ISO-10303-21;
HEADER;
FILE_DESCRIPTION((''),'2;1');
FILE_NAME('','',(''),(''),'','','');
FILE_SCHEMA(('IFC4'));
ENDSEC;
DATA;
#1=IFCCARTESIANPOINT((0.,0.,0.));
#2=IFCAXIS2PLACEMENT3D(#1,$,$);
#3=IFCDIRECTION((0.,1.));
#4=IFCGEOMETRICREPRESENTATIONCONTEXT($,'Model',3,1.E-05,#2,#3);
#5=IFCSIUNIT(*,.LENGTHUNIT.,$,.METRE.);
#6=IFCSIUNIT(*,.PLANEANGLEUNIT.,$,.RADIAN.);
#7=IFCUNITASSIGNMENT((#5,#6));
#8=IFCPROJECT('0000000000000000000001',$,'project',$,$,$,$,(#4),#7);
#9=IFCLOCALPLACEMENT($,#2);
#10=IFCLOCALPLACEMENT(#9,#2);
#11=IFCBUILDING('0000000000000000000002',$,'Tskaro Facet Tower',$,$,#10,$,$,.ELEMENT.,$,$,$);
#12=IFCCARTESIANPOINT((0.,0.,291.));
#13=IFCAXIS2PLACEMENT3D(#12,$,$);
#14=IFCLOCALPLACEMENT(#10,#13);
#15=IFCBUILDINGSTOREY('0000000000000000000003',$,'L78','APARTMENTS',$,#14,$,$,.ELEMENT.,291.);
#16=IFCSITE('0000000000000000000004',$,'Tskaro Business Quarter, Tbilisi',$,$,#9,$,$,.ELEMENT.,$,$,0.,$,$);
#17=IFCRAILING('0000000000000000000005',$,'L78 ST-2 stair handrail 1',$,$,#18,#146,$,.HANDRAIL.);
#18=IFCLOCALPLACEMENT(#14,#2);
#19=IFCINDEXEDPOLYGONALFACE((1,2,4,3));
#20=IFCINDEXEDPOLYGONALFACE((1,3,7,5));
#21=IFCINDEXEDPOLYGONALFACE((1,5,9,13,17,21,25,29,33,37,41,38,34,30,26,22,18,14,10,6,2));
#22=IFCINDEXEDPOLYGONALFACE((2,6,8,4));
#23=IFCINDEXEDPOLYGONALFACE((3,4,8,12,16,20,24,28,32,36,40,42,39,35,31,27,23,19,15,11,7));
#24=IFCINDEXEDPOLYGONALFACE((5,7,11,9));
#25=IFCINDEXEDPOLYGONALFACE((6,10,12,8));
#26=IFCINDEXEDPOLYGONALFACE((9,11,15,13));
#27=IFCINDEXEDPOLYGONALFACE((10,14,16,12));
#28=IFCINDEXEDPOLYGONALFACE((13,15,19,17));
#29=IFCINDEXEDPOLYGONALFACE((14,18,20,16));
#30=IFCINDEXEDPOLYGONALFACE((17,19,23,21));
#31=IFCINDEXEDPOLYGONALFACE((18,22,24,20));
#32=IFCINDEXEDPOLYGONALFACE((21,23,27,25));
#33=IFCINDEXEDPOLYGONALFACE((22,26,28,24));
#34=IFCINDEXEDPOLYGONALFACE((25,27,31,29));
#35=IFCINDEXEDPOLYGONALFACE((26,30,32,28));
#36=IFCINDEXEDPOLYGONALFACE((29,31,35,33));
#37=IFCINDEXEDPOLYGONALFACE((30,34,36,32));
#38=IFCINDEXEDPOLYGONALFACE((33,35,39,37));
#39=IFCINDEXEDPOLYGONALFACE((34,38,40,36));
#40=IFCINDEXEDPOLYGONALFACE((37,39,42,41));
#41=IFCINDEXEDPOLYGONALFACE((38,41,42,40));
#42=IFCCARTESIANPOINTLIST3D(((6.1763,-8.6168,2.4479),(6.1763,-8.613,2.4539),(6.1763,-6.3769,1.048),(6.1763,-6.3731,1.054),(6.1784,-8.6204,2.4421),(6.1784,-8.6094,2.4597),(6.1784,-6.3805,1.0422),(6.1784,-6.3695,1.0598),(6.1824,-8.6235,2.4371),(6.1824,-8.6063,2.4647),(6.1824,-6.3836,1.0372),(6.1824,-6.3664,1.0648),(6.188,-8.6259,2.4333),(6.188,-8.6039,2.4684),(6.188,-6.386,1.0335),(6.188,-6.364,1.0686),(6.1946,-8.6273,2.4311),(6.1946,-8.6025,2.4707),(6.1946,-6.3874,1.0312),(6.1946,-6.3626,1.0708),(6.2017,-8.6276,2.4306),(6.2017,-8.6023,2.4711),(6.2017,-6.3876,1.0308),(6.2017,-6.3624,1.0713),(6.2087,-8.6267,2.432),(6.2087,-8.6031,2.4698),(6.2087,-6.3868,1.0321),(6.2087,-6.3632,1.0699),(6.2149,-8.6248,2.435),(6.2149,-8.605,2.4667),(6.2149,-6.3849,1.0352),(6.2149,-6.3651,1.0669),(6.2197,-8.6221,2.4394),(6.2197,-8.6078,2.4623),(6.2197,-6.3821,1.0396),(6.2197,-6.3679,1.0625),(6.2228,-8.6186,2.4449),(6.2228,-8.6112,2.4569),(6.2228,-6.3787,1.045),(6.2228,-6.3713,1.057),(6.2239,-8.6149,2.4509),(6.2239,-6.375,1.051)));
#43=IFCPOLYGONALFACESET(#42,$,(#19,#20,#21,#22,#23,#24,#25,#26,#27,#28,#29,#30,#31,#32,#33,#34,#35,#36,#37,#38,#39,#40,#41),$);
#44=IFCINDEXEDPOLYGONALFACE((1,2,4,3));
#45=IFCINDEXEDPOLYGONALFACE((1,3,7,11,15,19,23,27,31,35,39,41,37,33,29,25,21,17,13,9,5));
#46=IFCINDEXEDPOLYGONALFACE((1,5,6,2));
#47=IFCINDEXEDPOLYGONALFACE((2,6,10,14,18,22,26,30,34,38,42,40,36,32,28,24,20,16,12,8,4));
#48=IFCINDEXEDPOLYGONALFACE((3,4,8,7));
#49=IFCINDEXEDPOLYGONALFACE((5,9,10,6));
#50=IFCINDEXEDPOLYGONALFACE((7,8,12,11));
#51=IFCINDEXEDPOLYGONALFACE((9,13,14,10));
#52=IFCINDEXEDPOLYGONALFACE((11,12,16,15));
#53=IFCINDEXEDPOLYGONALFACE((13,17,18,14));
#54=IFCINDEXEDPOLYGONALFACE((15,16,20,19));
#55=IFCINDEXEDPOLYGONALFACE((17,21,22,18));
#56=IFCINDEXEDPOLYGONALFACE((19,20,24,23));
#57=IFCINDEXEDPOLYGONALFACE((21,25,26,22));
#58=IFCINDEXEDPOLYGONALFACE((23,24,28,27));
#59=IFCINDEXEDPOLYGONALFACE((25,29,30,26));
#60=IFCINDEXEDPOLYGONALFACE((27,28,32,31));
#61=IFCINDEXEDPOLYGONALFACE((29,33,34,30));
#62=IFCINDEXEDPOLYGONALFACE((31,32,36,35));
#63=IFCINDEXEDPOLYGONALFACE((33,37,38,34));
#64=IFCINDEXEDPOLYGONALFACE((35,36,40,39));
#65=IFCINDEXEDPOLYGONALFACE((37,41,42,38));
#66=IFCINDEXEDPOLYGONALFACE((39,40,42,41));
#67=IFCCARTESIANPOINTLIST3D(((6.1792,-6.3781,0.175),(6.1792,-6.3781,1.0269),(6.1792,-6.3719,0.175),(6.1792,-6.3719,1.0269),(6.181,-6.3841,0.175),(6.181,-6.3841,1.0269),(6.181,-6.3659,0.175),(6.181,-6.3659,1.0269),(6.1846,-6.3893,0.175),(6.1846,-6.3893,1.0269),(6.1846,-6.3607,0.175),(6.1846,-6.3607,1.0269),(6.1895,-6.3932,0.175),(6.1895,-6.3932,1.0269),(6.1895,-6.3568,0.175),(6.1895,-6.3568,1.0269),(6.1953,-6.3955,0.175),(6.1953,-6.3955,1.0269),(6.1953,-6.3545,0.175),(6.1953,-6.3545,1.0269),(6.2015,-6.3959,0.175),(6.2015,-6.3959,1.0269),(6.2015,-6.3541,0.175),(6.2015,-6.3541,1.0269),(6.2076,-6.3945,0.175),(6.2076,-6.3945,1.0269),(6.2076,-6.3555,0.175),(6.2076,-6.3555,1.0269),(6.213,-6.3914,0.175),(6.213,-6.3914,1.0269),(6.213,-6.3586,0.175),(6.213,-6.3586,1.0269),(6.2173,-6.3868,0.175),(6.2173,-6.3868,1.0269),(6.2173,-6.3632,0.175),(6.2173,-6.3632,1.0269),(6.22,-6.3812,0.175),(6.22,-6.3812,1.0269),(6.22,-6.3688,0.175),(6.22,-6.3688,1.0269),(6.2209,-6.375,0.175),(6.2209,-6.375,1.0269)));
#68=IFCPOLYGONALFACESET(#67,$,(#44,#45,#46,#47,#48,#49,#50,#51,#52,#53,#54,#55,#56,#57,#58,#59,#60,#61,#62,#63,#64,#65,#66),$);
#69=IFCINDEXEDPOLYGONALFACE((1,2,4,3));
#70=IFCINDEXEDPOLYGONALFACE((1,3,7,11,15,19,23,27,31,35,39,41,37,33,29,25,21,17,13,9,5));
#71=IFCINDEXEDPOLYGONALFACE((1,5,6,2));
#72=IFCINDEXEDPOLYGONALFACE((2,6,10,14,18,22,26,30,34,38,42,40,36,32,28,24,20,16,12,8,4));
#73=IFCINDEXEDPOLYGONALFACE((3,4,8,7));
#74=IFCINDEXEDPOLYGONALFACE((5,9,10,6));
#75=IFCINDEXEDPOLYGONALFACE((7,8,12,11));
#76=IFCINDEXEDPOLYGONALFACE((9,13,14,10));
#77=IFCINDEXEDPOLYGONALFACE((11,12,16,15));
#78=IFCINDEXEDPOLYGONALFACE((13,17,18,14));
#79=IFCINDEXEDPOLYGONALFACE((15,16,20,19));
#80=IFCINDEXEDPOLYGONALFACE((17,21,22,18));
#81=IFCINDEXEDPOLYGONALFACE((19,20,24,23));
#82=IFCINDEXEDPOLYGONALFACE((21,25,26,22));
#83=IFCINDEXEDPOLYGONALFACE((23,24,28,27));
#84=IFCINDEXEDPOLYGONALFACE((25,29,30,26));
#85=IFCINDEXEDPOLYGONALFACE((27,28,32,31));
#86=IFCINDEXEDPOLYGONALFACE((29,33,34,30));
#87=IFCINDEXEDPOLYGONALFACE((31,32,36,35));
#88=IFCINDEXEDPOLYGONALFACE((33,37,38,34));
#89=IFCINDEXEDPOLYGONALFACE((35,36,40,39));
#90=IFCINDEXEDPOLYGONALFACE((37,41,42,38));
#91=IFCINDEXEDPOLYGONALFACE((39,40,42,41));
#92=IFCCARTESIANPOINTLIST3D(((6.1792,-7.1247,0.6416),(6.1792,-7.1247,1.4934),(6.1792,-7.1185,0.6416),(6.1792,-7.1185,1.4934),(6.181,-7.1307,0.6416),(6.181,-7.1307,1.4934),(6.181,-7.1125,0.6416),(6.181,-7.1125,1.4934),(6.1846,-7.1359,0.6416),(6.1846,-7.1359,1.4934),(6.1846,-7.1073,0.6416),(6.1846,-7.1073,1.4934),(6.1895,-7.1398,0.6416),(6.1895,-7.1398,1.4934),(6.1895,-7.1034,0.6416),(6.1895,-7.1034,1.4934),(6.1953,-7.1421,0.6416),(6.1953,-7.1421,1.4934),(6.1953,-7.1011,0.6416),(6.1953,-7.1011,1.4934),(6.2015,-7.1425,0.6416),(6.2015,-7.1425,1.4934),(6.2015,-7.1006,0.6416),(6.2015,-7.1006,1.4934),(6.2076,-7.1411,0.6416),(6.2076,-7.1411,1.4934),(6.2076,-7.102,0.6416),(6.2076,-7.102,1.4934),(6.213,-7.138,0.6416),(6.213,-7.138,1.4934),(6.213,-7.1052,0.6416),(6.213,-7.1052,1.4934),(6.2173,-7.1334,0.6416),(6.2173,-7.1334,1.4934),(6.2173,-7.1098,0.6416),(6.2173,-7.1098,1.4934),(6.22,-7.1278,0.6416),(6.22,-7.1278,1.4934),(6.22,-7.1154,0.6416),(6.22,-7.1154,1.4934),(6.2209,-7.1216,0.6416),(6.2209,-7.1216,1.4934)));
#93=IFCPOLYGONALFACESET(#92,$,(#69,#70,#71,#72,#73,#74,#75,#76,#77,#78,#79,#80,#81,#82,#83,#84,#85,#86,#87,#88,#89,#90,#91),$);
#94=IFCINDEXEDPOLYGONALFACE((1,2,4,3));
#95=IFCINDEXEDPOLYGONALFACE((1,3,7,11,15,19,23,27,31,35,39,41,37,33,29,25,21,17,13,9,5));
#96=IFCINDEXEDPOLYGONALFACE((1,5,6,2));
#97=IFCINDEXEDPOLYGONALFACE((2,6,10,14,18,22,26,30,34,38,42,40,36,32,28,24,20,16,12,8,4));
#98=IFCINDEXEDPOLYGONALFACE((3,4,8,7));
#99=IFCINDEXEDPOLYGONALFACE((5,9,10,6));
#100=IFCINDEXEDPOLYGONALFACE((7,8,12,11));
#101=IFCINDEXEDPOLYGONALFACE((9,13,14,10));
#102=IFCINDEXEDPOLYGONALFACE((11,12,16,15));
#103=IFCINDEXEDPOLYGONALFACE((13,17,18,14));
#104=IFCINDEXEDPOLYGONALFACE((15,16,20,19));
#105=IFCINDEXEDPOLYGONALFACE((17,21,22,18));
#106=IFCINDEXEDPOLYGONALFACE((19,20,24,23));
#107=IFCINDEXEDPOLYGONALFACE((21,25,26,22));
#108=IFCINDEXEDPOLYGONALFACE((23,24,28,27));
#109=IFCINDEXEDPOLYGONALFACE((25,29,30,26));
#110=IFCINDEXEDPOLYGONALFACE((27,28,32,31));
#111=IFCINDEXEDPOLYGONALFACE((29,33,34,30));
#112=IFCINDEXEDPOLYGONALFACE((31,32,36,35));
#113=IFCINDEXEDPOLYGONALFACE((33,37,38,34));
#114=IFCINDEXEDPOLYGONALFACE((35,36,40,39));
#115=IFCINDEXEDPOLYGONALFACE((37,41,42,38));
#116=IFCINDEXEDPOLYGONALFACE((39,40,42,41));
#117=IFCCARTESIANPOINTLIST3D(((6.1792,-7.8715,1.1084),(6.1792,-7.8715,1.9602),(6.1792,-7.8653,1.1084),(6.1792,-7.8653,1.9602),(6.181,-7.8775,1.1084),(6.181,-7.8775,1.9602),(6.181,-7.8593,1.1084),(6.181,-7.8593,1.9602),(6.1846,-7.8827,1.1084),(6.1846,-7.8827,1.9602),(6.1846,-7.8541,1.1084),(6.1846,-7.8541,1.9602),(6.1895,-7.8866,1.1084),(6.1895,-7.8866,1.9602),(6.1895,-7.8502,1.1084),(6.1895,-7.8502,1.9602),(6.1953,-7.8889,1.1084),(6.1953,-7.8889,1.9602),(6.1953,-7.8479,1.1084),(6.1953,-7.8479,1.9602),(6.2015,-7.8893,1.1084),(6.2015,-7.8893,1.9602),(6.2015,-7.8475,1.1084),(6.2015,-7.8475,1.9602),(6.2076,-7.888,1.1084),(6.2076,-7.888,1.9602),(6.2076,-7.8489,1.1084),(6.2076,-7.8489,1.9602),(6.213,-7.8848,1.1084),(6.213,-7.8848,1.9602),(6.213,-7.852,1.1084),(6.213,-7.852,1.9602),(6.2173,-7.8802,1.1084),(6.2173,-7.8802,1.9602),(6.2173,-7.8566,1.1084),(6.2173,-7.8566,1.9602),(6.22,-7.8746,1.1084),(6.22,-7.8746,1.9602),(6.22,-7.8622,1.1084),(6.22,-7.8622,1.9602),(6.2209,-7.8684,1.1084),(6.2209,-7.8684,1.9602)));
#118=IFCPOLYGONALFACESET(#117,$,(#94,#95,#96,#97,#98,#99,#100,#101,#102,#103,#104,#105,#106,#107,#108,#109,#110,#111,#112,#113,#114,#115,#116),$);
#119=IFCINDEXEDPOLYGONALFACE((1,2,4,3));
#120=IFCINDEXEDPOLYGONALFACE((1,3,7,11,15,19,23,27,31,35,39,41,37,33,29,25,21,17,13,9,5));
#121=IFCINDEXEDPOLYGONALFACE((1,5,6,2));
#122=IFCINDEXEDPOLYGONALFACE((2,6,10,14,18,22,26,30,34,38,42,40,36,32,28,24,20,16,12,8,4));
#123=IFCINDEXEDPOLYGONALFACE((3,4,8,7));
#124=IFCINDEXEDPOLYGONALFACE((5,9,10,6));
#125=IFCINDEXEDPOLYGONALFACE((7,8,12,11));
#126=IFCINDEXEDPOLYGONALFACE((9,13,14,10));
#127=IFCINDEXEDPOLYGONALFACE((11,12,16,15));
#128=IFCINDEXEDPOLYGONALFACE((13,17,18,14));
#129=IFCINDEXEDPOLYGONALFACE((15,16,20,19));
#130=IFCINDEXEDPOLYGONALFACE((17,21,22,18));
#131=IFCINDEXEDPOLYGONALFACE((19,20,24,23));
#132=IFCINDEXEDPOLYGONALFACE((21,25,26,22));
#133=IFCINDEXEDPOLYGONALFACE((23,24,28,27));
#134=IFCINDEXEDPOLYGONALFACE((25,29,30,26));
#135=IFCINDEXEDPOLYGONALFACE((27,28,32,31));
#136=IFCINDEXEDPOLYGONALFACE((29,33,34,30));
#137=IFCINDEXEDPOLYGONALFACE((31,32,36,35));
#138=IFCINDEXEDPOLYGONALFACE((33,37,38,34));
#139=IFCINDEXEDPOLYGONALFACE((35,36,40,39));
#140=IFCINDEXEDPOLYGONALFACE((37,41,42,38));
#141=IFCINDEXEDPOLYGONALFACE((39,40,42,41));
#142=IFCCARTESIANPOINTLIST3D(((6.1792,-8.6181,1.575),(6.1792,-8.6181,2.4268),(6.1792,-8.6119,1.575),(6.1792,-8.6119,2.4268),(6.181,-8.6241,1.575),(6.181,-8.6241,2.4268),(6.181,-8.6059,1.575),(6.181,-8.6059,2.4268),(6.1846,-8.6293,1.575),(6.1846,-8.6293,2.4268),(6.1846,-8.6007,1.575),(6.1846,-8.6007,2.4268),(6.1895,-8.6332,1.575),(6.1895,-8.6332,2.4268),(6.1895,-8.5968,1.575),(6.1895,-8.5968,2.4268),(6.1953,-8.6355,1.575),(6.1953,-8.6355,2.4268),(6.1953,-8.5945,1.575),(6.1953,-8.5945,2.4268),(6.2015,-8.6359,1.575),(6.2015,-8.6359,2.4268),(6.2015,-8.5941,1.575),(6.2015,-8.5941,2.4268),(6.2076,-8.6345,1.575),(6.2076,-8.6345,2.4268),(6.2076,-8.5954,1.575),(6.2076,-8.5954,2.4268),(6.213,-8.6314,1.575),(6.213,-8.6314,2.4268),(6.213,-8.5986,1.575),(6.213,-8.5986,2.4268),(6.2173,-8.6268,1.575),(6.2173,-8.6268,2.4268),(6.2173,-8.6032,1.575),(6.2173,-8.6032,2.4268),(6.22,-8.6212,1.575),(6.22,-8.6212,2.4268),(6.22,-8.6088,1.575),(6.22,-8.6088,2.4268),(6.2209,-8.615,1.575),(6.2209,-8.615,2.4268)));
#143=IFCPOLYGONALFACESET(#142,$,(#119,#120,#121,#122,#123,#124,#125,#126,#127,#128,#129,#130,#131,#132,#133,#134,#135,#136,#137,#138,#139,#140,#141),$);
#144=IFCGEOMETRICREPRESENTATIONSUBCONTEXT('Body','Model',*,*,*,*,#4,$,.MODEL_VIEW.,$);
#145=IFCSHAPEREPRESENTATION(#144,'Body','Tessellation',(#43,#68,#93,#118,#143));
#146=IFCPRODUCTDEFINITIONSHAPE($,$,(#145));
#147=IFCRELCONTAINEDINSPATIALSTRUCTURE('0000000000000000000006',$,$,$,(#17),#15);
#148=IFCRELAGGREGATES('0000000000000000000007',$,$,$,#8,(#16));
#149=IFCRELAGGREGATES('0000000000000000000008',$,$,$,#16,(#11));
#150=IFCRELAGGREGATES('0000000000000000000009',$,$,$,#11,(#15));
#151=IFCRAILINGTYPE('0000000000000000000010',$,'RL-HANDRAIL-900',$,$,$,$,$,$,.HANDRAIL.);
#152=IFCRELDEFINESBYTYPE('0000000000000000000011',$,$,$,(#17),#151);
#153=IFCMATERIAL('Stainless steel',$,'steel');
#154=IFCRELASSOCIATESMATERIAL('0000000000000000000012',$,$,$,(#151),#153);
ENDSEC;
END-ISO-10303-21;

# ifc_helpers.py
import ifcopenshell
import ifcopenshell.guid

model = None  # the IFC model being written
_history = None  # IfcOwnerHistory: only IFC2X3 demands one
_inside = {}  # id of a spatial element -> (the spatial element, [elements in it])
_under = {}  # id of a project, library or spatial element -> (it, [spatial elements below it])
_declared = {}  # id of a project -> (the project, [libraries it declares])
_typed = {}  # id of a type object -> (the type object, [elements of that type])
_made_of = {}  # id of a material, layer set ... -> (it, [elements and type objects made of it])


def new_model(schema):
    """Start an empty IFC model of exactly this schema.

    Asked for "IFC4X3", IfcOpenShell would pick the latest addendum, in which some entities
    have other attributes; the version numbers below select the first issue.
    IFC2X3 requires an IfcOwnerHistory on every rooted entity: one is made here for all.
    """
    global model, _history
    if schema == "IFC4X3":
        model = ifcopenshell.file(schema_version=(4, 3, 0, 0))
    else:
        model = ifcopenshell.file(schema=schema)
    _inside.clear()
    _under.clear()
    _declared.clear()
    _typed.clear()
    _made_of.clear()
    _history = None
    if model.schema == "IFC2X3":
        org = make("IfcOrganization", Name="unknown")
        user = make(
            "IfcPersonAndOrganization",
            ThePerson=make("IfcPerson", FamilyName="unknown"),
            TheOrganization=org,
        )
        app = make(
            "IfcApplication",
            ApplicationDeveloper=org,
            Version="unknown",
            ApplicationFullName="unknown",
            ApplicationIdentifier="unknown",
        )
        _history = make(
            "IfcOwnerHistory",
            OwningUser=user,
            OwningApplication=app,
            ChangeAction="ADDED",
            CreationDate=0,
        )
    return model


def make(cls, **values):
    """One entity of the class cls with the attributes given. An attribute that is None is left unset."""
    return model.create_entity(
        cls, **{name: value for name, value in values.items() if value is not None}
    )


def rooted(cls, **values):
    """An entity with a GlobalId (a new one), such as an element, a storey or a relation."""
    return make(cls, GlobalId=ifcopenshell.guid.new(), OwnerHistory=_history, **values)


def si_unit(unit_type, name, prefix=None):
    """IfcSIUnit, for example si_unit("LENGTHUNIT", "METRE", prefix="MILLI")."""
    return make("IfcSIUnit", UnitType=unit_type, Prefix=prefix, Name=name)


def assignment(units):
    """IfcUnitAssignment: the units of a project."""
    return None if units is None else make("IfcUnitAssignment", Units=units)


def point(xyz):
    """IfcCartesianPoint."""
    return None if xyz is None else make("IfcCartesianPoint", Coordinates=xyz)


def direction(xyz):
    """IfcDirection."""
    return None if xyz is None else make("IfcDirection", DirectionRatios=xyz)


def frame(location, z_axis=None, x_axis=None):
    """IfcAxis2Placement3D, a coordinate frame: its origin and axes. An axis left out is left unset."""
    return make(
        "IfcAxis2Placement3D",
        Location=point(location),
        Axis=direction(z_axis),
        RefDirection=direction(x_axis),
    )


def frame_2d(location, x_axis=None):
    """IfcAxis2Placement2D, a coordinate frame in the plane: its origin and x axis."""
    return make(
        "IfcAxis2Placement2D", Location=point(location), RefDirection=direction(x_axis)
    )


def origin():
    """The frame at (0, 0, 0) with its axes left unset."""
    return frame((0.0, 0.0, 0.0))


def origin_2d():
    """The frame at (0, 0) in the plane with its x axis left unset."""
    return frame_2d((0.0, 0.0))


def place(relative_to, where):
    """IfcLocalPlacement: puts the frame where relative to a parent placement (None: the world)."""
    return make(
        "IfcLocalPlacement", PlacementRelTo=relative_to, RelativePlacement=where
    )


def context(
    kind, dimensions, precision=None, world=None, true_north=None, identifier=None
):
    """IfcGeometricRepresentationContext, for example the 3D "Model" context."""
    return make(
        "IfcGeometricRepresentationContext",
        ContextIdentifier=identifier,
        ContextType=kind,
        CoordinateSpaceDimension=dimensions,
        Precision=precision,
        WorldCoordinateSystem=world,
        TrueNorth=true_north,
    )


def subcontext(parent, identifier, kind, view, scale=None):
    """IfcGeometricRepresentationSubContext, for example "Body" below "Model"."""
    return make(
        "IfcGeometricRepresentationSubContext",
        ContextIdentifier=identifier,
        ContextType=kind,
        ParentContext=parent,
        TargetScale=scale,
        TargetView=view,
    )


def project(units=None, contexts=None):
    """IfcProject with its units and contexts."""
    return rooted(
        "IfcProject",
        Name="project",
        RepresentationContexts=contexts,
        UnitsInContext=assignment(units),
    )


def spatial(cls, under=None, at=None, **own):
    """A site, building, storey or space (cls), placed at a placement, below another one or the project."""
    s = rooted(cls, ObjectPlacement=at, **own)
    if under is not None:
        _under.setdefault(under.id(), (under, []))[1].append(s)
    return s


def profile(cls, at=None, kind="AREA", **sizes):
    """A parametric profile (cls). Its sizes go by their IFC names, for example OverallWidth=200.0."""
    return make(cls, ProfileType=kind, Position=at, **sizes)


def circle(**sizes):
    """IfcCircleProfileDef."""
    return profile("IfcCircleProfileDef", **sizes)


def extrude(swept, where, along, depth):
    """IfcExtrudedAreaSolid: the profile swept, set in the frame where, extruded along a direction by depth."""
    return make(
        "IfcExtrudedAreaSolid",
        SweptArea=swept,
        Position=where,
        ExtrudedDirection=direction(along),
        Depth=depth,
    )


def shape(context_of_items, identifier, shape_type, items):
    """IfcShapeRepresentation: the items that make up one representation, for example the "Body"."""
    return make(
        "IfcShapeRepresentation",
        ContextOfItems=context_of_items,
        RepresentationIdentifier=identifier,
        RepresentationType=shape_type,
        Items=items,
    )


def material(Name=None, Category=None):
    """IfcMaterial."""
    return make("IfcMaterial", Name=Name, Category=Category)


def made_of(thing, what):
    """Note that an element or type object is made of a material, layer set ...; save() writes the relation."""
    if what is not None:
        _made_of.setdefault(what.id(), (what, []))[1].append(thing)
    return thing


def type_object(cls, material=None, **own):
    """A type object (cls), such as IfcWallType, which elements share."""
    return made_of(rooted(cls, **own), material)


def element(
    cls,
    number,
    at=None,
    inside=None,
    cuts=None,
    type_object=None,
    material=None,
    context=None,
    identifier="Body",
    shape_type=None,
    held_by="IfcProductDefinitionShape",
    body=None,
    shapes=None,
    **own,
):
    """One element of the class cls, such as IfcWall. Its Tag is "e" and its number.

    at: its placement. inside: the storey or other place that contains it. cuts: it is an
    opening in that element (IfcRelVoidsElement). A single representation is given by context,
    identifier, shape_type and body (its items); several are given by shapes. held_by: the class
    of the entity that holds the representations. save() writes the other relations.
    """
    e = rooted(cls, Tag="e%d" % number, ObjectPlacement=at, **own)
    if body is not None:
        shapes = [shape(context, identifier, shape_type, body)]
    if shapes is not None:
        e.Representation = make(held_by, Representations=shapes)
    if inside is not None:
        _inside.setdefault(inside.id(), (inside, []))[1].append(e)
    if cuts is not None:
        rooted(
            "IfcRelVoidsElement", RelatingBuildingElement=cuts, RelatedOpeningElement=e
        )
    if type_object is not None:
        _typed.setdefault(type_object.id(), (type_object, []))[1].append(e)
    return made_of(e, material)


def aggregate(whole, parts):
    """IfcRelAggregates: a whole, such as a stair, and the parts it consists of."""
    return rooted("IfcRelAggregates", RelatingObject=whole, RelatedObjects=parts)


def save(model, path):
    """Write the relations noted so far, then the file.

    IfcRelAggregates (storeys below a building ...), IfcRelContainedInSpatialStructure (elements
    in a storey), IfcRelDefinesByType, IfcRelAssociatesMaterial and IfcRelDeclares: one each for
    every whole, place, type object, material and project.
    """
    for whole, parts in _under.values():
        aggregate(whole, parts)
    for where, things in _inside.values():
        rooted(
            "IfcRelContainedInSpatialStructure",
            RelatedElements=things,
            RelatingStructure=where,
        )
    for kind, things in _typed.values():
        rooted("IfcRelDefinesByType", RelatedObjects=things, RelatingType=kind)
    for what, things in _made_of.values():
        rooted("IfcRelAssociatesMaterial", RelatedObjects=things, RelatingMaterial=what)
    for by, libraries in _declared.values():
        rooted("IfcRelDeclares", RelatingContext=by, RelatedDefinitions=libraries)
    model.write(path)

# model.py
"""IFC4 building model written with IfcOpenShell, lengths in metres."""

from ifc_helpers import new_model, si_unit, direction, frame, origin, origin_2d, place, context, subcontext, project, spatial, circle, extrude, material, type_object, element, save


model = new_model("IFC4")

# Units and contexts
model_context = context("Model", 3, precision=1e-05, world=origin(), true_north=direction((0.0, 1.0)))
body_context = subcontext(model_context, "Body", "Model", "MODEL_VIEW")
ifc_project = project(units=[si_unit("LENGTHUNIT", "METRE"), si_unit("PLANEANGLEUNIT", "RADIAN")], contexts=[model_context])

# Site, building, storey
site_placement = place(None, origin())
site = spatial("IfcSite", under=ifc_project, at=site_placement, Name="Tskaro Business Quarter, Tbilisi", CompositionType="ELEMENT", RefElevation=0.0)
building_placement = place(site_placement, origin())
building = spatial("IfcBuilding", under=site, at=building_placement, Name="Tskaro Facet Tower", CompositionType="ELEMENT")
storey_placement = place(building_placement, frame((0.0, 0.0, 291.0)))
storey = spatial("IfcBuildingStorey", under=building, at=storey_placement, Name="L78", Description="APARTMENTS", CompositionType="ELEMENT", Elevation=291.0)

# Railing
ifc_material_1 = material(Name="Stainless steel", Category="steel")
railing_type_1 = type_object("IfcRailingType", Name="RL-HANDRAIL-900", PredefinedType="HANDRAIL", material=ifc_material_1)
railing_1_placement = place(storey_placement, frame((6.2, -6.375, 0.175)))
element("IfcRailing", 1, at=railing_1_placement, inside=storey, type_object=railing_type_1, Name="L78 ST-2 stair handrail 1", PredefinedType="HANDRAIL", context=body_context, shape_type="SweptSolid", body=[
    extrude(circle(Radius=0.0239, at=origin_2d()), frame((0.0, 0.0, 0.876), z_axis=(0.0, -0.848014, 0.529974), x_axis=(1.0, 0.0, 0.0)), (0.0, 0.0, 1.0), 2.6414),
    extrude(circle(Radius=0.021, at=origin_2d()), origin(), (0.0, 0.0, 1.0), 0.8518),
    extrude(circle(Radius=0.021, at=origin_2d()), frame((0.0, -0.7466, 0.4666)), (0.0, 0.0, 1.0), 0.8518),
    extrude(circle(Radius=0.021, at=origin_2d()), frame((0.0, -1.4934, 0.9333)), (0.0, 0.0, 1.0), 0.8518),
    extrude(circle(Radius=0.021, at=origin_2d()), frame((0.0, -2.24, 1.3999)), (0.0, 0.0, 1.0), 0.8518),
])

save(model, "model.ifc")
